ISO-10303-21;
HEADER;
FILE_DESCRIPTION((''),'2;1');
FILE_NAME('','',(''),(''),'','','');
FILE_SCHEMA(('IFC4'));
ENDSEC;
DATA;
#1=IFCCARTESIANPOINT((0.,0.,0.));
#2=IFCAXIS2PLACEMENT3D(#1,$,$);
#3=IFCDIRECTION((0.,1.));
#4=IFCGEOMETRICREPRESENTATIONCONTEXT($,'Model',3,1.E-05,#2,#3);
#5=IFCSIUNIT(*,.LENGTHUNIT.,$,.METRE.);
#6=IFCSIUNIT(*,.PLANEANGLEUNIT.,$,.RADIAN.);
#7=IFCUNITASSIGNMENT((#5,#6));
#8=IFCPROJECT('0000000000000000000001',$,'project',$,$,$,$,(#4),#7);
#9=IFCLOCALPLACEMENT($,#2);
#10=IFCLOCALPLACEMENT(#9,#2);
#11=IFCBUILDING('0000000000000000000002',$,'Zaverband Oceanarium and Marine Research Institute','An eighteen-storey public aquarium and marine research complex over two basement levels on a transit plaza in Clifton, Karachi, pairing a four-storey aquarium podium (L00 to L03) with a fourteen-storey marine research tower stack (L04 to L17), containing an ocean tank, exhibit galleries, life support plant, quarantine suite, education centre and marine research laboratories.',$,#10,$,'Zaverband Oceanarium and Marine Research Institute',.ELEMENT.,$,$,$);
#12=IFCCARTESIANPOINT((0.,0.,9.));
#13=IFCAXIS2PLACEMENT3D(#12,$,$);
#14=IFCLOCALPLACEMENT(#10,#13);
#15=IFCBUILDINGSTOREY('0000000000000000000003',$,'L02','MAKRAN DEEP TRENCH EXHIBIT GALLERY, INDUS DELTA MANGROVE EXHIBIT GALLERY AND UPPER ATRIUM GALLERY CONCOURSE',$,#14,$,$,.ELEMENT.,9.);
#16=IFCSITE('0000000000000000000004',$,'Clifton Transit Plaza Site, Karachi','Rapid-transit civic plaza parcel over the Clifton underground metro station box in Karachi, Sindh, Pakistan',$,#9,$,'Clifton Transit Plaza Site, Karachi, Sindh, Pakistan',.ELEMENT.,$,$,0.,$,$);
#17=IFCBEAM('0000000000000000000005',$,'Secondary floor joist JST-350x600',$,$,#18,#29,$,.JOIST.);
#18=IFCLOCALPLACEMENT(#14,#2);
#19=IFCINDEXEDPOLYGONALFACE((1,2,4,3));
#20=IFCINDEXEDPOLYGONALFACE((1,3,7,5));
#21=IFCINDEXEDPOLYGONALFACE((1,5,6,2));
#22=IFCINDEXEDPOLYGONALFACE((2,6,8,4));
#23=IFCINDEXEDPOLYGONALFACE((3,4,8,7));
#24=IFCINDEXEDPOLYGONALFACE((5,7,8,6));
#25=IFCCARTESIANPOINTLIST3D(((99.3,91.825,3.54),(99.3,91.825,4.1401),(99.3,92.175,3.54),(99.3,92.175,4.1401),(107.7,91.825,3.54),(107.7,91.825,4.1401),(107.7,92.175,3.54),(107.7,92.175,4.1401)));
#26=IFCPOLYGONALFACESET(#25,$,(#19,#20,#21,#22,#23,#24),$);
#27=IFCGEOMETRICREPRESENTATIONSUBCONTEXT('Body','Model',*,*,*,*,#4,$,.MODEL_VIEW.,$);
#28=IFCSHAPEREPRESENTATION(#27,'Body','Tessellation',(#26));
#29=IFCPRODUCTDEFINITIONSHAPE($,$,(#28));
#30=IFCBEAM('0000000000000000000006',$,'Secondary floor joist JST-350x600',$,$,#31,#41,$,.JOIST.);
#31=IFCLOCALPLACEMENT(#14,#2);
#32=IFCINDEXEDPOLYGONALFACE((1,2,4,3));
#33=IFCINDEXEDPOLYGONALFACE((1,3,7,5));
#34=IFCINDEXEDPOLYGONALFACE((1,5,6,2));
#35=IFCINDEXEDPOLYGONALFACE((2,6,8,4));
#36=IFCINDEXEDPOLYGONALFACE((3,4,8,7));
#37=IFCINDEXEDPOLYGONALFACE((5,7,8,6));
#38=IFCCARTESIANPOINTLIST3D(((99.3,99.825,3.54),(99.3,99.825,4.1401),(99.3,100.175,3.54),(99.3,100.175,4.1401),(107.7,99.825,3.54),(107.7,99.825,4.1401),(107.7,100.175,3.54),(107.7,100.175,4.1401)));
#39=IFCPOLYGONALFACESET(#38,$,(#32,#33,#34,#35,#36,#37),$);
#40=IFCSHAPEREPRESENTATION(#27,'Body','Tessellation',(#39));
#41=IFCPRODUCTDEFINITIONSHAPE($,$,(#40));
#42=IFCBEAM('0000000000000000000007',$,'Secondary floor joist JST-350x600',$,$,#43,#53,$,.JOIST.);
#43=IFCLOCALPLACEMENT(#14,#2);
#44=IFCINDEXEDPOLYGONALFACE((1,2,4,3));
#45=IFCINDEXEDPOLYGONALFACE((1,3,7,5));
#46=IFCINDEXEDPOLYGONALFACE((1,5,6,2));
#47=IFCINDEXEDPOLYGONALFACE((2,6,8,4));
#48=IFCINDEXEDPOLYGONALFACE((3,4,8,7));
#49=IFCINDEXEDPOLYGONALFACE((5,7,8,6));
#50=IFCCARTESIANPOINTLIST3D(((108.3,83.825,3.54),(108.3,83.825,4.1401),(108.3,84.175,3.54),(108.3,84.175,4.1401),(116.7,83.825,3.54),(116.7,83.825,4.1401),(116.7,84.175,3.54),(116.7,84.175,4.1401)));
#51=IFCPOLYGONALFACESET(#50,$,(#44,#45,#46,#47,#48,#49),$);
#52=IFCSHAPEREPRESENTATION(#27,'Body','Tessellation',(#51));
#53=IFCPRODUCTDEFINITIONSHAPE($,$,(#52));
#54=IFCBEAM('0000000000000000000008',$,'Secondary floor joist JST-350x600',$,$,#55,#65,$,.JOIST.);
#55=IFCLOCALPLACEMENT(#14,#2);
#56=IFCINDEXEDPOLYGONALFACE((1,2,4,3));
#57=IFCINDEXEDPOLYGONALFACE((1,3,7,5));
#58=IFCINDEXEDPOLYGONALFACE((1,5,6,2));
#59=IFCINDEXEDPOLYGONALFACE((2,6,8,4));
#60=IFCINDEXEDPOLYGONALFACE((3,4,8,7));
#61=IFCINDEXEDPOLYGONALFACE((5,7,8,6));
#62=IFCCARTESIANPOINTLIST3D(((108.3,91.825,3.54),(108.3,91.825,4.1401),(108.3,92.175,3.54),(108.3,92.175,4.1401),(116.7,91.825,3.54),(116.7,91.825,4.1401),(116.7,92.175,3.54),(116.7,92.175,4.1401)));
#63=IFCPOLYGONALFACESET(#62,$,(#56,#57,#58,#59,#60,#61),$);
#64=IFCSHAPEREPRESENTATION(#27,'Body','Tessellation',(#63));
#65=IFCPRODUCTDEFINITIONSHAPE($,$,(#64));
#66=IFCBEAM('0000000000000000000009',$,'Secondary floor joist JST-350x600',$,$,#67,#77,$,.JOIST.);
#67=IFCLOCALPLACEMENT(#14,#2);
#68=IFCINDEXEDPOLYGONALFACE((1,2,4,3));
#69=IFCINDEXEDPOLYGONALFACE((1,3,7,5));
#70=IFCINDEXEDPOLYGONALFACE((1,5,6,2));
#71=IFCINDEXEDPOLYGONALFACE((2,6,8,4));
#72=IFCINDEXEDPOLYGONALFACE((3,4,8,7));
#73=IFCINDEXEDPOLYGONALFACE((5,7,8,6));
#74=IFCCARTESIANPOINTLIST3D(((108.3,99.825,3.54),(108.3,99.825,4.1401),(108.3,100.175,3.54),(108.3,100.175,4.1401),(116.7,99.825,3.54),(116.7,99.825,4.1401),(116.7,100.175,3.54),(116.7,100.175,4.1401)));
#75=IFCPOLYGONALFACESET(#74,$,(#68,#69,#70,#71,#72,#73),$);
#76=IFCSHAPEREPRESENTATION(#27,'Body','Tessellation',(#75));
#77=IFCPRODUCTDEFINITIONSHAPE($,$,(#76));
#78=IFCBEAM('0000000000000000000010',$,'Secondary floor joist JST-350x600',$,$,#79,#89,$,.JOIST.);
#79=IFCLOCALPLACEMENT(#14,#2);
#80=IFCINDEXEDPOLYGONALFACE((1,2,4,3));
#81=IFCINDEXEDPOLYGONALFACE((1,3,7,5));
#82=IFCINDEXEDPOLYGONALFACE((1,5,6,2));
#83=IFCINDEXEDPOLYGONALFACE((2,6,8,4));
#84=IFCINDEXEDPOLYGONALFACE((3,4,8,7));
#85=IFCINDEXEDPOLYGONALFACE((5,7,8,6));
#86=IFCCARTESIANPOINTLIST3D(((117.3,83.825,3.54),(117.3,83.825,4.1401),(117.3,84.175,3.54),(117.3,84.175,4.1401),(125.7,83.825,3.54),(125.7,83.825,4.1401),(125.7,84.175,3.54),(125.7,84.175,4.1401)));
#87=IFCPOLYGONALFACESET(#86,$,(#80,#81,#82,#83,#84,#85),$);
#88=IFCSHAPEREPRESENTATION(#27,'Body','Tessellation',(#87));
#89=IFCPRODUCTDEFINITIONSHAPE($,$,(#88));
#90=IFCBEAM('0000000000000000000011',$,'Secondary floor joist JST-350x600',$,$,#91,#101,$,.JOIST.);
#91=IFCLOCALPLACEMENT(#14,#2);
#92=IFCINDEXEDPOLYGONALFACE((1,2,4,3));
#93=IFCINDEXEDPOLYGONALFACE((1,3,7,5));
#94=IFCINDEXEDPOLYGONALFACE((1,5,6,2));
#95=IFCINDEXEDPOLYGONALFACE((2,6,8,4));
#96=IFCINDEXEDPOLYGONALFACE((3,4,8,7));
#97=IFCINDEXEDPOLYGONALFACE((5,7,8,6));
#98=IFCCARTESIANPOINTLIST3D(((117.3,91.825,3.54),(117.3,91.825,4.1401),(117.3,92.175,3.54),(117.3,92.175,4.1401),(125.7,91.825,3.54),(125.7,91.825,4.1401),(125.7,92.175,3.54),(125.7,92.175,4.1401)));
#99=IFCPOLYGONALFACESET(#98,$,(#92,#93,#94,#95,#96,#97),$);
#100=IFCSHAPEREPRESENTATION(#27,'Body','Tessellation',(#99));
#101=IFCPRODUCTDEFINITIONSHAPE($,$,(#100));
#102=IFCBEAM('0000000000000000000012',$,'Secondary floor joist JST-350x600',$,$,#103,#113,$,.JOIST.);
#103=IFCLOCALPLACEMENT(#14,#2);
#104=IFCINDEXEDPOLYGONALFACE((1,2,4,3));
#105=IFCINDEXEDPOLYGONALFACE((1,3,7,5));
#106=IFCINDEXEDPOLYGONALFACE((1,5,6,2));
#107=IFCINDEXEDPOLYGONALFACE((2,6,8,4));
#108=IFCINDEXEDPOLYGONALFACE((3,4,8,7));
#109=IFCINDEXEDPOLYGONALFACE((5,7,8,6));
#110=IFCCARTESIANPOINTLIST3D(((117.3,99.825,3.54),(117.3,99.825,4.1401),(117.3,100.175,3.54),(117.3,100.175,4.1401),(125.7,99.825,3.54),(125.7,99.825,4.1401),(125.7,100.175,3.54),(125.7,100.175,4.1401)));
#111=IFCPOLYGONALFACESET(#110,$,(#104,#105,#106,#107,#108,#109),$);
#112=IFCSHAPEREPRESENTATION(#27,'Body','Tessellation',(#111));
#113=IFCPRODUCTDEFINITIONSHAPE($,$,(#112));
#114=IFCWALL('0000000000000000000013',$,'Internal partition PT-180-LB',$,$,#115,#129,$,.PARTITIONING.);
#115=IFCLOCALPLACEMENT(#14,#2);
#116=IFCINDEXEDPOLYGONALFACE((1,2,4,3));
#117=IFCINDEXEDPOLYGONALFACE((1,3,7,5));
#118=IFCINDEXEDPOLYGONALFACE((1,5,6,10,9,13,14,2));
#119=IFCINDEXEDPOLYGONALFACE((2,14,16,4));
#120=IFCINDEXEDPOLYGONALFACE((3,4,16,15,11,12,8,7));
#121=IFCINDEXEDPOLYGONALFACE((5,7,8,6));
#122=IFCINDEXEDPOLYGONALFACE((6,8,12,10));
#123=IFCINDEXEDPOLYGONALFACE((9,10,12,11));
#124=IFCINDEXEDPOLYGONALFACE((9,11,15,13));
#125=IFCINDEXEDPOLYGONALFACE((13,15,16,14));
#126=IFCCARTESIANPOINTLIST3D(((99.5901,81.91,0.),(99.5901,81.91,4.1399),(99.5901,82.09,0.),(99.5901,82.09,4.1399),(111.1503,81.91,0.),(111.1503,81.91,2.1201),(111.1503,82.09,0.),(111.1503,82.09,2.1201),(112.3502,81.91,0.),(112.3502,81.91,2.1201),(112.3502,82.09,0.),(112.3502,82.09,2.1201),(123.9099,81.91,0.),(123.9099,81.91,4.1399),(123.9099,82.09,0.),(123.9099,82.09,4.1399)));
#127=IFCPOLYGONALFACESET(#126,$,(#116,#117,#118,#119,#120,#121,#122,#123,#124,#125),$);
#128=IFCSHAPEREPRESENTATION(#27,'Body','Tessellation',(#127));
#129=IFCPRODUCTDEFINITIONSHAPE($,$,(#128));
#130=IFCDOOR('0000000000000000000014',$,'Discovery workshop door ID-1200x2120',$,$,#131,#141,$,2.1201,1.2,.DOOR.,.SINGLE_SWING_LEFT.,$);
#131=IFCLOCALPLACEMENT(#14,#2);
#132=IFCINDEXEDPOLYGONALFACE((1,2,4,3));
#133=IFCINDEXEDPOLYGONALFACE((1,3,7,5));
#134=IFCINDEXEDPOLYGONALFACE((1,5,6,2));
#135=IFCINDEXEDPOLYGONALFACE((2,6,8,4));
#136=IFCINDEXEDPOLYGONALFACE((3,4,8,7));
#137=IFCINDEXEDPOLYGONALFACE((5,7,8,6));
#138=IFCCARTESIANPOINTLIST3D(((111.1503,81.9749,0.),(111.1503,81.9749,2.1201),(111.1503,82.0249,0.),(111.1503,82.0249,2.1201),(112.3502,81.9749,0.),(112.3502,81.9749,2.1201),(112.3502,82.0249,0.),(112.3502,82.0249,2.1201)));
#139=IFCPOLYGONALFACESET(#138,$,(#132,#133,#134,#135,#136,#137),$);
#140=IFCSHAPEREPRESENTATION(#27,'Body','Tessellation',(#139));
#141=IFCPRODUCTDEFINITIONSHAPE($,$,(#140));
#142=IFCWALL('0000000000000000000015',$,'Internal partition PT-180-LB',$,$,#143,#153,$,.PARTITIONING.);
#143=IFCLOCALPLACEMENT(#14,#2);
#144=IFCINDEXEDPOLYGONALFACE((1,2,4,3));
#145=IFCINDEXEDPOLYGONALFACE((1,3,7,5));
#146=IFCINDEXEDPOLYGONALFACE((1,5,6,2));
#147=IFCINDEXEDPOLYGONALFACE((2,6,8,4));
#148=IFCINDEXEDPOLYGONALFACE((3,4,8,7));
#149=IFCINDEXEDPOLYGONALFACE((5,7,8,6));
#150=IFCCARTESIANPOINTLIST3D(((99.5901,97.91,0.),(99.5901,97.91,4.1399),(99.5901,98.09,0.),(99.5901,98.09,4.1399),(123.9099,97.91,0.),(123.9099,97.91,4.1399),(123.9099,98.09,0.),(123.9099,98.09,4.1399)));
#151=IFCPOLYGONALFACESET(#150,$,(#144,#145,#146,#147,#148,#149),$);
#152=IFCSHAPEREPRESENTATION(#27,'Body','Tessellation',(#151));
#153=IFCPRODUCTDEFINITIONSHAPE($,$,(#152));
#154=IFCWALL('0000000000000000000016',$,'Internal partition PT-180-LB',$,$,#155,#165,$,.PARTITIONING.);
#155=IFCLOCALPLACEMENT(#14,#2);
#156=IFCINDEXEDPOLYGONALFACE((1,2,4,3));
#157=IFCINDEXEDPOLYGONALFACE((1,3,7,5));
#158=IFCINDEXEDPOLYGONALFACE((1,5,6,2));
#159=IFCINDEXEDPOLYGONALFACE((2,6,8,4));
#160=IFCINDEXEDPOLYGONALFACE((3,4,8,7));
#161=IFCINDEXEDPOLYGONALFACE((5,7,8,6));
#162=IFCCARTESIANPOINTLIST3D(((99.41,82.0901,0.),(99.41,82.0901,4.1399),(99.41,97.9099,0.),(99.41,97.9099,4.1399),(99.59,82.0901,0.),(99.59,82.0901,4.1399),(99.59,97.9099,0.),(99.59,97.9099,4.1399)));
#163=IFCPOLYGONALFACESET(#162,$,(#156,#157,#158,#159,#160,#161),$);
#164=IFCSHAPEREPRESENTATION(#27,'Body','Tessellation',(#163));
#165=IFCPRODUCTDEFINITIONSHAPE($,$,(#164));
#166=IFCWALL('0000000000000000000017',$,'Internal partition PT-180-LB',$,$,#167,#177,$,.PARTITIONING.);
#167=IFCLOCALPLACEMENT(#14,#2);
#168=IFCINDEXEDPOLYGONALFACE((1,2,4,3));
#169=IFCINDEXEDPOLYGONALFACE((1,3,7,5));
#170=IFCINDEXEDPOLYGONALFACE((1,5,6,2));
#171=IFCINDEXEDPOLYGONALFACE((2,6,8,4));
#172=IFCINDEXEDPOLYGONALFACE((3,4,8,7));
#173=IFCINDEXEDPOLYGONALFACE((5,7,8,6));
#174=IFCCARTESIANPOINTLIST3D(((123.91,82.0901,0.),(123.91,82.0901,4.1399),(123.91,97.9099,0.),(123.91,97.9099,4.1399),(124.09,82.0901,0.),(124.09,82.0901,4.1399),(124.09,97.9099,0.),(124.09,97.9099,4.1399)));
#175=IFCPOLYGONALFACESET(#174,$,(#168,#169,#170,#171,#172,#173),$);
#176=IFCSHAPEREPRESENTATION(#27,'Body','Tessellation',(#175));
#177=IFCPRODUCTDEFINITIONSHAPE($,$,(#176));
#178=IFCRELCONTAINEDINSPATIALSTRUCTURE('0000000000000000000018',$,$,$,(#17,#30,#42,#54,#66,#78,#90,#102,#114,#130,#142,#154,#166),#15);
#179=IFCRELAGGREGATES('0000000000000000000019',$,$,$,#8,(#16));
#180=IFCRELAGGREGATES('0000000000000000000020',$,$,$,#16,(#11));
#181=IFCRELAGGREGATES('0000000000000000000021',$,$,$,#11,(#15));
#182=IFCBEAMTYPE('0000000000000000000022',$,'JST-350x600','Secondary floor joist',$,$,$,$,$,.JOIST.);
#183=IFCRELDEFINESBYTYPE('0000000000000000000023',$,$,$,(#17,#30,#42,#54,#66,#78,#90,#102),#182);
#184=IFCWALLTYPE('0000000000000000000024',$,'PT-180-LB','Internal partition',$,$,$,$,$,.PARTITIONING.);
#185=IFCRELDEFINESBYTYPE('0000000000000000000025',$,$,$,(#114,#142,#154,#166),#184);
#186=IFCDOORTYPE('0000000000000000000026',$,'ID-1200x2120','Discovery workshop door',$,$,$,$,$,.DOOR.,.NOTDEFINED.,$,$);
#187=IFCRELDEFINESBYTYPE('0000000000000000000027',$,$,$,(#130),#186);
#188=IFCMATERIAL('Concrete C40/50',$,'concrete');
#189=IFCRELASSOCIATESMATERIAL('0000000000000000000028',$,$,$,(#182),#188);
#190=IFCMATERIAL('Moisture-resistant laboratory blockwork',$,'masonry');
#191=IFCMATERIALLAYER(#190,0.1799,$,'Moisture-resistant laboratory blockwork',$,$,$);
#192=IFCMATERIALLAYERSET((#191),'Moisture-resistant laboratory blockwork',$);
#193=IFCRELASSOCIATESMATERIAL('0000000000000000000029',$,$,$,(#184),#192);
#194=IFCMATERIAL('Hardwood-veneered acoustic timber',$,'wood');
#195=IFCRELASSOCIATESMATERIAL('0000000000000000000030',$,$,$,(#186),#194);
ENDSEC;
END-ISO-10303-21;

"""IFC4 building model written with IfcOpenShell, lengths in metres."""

from ifc_helpers import new_model, si_unit, direction, frame, frame_2d, origin, origin_2d, place, context, subcontext, project, spatial, rectangle, extrude, material, layer, layer_set, material_profile, profile_set, type_object, element, fill, save


model = new_model("IFC4")

# Units and contexts
model_context = context("Model", 3, precision=1e-05, world=origin(), true_north=direction((0.0, 1.0)))
body_context = subcontext(model_context, "Body", "Model", "MODEL_VIEW")
ifc_project = project(units=[si_unit("LENGTHUNIT", "METRE"), si_unit("PLANEANGLEUNIT", "RADIAN")], contexts=[model_context])

# Site, building, storey
site_placement = place(None, origin())
site = spatial("IfcSite", under=ifc_project, at=site_placement, Name="Clifton Transit Plaza Site, Karachi", Description="Rapid-transit civic plaza parcel over the Clifton underground metro station box in Karachi, Sindh, Pakistan", LongName="Clifton Transit Plaza Site, Karachi, Sindh, Pakistan", CompositionType="ELEMENT", RefElevation=0.0)
building_placement = place(site_placement, origin())
building = spatial("IfcBuilding", under=site, at=building_placement, Name="Zaverband Oceanarium and Marine Research Institute", Description="An eighteen-storey public aquarium and marine research complex over two basement levels on a transit plaza in Clifton, Karachi, pairing a four-storey aquarium podium (L00 to L03) with a fourteen-storey marine research tower stack (L04 to L17), containing an ocean tank, exhibit galleries, life support plant, quarantine suite, education centre and marine research laboratories.", LongName="Zaverband Oceanarium and Marine Research Institute", CompositionType="ELEMENT")
storey_placement = place(building_placement, frame((0.0, 0.0, 9.0)))
storey = spatial("IfcBuildingStorey", under=building, at=storey_placement, Name="L02", Description="MAKRAN DEEP TRENCH EXHIBIT GALLERY, INDUS DELTA MANGROVE EXHIBIT GALLERY AND UPPER ATRIUM GALLERY CONCOURSE", CompositionType="ELEMENT", Elevation=9.0)

# Beams
ifc_material_1 = material(Name="Concrete C40/50", Category="concrete")
ifc_material_profile_1 = material_profile(ifc_material_1, rectangle(XDim=0.3501, YDim=0.6001, at=origin_2d()), Name="RC350x600")
ifc_profile_set_1 = profile_set([ifc_material_profile_1], Name="Concrete C40/50")
beam_type_1 = type_object("IfcBeamType", Name="JST-350x600", Description="Secondary floor joist", PredefinedType="JOIST", material=ifc_profile_set_1)
for number, where, z_axis, x_axis, name in (
    (1, (99.3, 92.0, 3.8401), (1.0, 0.0, 0.0), (0.0, 1.0, 0.0), "Secondary floor joist JST-350x600"),
    (2, (99.3, 100.0, 3.8401), (1.0, 0.0, 0.0), (0.0, 1.0, 0.0), "Secondary floor joist JST-350x600"),
    (3, (108.3, 84.0, 3.8401), (1.0, 0.0, 0.0), (0.0, 1.0, 0.0), "Secondary floor joist JST-350x600"),
    (4, (108.3, 92.0, 3.8401), (1.0, 0.0, 0.0), (0.0, 1.0, 0.0), "Secondary floor joist JST-350x600"),
    (5, (108.3, 100.0, 3.8401), (1.0, 0.0, 0.0), (0.0, 1.0, 0.0), "Secondary floor joist JST-350x600"),
    (6, (117.3, 84.0, 3.8401), (1.0, 0.0, 0.0), (0.0, 1.0, 0.0), "Secondary floor joist JST-350x600"),
    (7, (117.3, 92.0, 3.8401), (1.0, 0.0, 0.0), (0.0, 1.0, 0.0), "Secondary floor joist JST-350x600"),
    (8, (117.3, 100.0, 3.8401), (1.0, 0.0, 0.0), (0.0, 1.0, 0.0), "Secondary floor joist JST-350x600"),
):
    element("IfcBeam", number, at=place(storey_placement, frame(where, z_axis=z_axis, x_axis=x_axis)), inside=storey, type_object=beam_type_1, Name=name, PredefinedType="JOIST", context=body_context, shape_type="SweptSolid", body=[
        extrude(rectangle(XDim=0.3501, YDim=0.6001, at=origin_2d()), origin(), (0.0, 0.0, 1.0), 8.3999),
    ])

# Wall, opening, door
ifc_material_2 = material(Name="Moisture-resistant laboratory blockwork", Category="masonry")
ifc_layer = layer(ifc_material_2, 0.1799, Name="Moisture-resistant laboratory blockwork")
ifc_layer_set = layer_set([ifc_layer], Name="Moisture-resistant laboratory blockwork")
wall_type = type_object("IfcWallType", Name="PT-180-LB", Description="Internal partition", PredefinedType="PARTITIONING", material=ifc_layer_set)
wall_1_placement = place(storey_placement, frame((99.5901, 82.0, 0.0), z_axis=(0.0, 0.0, 1.0), x_axis=(1.0, 0.0, 0.0)))
wall_1 = element("IfcWall", 9, at=wall_1_placement, inside=storey, type_object=wall_type, Name="Internal partition PT-180-LB", PredefinedType="PARTITIONING", context=body_context, shape_type="SweptSolid", body=[
    extrude(rectangle(XDim=24.3198, YDim=0.1799, at=frame_2d((12.1599, 0.0))), origin(), (0.0, 0.0, 1.0), 4.1399),
])
opening_placement = place(wall_1_placement, frame((11.5601, 0.0, 0.0)))
opening = element("IfcOpeningElement", 10, at=opening_placement, cuts=wall_1, PredefinedType="OPENING", context=body_context, shape_type="SweptSolid", body=[
    extrude(rectangle(XDim=1.2, YDim=2.1201, at=frame_2d((0.6001, 1.0601))), frame((0.0, 0.1021, 0.0), z_axis=(0.0, -1.0, 0.0), x_axis=(1.0, 0.0, 0.0)), (0.0, 0.0, 1.0), 0.2039),
])
ifc_material_3 = material(Name="Hardwood-veneered acoustic timber", Category="wood")
door_type = type_object("IfcDoorType", Name="ID-1200x2120", Description="Discovery workshop door", OperationType="NOTDEFINED", PredefinedType="DOOR", material=ifc_material_3)
door_placement = place(opening_placement, origin())
door = element("IfcDoor", 11, at=door_placement, inside=storey, type_object=door_type, Name="Discovery workshop door ID-1200x2120", OperationType="SINGLE_SWING_LEFT", OverallHeight=2.1201, OverallWidth=1.2, PredefinedType="DOOR", context=body_context, shape_type="SweptSolid", body=[
    extrude(rectangle(XDim=1.2, YDim=2.1201, at=frame_2d((0.6001, 1.0601))), frame((0.0, 0.0249, 0.0), z_axis=(0.0, -1.0, 0.0), x_axis=(1.0, 0.0, 0.0)), (0.0, 0.0, 1.0), 0.05),
])
fill(opening, door)

# Walls
wall_2_placement = place(storey_placement, frame((99.5901, 98.0, 0.0), z_axis=(0.0, 0.0, 1.0), x_axis=(1.0, 0.0, 0.0)))
element("IfcWall", 12, at=wall_2_placement, inside=storey, type_object=wall_type, Name="Internal partition PT-180-LB", PredefinedType="PARTITIONING", context=body_context, shape_type="SweptSolid", body=[
    extrude(rectangle(XDim=24.3198, YDim=0.1799, at=frame_2d((12.1599, 0.0))), origin(), (0.0, 0.0, 1.0), 4.1399),
])
for number, where, z_axis, x_axis, name in (
    (13, (99.5, 82.0901, 0.0), (0.0, 0.0, 1.0), (0.0, 1.0, 0.0), "Internal partition PT-180-LB"),
    (14, (124.0, 82.0901, 0.0), (0.0, 0.0, 1.0), (0.0, 1.0, 0.0), "Internal partition PT-180-LB"),
):
    element("IfcWall", number, at=place(storey_placement, frame(where, z_axis=z_axis, x_axis=x_axis)), inside=storey, type_object=wall_type, Name=name, PredefinedType="PARTITIONING", context=body_context, shape_type="SweptSolid", body=[
        extrude(rectangle(XDim=15.8198, YDim=0.1799, at=frame_2d((7.9099, 0.0))), origin(), (0.0, 0.0, 1.0), 4.1399),
    ])

save(model, "model.ifc")
